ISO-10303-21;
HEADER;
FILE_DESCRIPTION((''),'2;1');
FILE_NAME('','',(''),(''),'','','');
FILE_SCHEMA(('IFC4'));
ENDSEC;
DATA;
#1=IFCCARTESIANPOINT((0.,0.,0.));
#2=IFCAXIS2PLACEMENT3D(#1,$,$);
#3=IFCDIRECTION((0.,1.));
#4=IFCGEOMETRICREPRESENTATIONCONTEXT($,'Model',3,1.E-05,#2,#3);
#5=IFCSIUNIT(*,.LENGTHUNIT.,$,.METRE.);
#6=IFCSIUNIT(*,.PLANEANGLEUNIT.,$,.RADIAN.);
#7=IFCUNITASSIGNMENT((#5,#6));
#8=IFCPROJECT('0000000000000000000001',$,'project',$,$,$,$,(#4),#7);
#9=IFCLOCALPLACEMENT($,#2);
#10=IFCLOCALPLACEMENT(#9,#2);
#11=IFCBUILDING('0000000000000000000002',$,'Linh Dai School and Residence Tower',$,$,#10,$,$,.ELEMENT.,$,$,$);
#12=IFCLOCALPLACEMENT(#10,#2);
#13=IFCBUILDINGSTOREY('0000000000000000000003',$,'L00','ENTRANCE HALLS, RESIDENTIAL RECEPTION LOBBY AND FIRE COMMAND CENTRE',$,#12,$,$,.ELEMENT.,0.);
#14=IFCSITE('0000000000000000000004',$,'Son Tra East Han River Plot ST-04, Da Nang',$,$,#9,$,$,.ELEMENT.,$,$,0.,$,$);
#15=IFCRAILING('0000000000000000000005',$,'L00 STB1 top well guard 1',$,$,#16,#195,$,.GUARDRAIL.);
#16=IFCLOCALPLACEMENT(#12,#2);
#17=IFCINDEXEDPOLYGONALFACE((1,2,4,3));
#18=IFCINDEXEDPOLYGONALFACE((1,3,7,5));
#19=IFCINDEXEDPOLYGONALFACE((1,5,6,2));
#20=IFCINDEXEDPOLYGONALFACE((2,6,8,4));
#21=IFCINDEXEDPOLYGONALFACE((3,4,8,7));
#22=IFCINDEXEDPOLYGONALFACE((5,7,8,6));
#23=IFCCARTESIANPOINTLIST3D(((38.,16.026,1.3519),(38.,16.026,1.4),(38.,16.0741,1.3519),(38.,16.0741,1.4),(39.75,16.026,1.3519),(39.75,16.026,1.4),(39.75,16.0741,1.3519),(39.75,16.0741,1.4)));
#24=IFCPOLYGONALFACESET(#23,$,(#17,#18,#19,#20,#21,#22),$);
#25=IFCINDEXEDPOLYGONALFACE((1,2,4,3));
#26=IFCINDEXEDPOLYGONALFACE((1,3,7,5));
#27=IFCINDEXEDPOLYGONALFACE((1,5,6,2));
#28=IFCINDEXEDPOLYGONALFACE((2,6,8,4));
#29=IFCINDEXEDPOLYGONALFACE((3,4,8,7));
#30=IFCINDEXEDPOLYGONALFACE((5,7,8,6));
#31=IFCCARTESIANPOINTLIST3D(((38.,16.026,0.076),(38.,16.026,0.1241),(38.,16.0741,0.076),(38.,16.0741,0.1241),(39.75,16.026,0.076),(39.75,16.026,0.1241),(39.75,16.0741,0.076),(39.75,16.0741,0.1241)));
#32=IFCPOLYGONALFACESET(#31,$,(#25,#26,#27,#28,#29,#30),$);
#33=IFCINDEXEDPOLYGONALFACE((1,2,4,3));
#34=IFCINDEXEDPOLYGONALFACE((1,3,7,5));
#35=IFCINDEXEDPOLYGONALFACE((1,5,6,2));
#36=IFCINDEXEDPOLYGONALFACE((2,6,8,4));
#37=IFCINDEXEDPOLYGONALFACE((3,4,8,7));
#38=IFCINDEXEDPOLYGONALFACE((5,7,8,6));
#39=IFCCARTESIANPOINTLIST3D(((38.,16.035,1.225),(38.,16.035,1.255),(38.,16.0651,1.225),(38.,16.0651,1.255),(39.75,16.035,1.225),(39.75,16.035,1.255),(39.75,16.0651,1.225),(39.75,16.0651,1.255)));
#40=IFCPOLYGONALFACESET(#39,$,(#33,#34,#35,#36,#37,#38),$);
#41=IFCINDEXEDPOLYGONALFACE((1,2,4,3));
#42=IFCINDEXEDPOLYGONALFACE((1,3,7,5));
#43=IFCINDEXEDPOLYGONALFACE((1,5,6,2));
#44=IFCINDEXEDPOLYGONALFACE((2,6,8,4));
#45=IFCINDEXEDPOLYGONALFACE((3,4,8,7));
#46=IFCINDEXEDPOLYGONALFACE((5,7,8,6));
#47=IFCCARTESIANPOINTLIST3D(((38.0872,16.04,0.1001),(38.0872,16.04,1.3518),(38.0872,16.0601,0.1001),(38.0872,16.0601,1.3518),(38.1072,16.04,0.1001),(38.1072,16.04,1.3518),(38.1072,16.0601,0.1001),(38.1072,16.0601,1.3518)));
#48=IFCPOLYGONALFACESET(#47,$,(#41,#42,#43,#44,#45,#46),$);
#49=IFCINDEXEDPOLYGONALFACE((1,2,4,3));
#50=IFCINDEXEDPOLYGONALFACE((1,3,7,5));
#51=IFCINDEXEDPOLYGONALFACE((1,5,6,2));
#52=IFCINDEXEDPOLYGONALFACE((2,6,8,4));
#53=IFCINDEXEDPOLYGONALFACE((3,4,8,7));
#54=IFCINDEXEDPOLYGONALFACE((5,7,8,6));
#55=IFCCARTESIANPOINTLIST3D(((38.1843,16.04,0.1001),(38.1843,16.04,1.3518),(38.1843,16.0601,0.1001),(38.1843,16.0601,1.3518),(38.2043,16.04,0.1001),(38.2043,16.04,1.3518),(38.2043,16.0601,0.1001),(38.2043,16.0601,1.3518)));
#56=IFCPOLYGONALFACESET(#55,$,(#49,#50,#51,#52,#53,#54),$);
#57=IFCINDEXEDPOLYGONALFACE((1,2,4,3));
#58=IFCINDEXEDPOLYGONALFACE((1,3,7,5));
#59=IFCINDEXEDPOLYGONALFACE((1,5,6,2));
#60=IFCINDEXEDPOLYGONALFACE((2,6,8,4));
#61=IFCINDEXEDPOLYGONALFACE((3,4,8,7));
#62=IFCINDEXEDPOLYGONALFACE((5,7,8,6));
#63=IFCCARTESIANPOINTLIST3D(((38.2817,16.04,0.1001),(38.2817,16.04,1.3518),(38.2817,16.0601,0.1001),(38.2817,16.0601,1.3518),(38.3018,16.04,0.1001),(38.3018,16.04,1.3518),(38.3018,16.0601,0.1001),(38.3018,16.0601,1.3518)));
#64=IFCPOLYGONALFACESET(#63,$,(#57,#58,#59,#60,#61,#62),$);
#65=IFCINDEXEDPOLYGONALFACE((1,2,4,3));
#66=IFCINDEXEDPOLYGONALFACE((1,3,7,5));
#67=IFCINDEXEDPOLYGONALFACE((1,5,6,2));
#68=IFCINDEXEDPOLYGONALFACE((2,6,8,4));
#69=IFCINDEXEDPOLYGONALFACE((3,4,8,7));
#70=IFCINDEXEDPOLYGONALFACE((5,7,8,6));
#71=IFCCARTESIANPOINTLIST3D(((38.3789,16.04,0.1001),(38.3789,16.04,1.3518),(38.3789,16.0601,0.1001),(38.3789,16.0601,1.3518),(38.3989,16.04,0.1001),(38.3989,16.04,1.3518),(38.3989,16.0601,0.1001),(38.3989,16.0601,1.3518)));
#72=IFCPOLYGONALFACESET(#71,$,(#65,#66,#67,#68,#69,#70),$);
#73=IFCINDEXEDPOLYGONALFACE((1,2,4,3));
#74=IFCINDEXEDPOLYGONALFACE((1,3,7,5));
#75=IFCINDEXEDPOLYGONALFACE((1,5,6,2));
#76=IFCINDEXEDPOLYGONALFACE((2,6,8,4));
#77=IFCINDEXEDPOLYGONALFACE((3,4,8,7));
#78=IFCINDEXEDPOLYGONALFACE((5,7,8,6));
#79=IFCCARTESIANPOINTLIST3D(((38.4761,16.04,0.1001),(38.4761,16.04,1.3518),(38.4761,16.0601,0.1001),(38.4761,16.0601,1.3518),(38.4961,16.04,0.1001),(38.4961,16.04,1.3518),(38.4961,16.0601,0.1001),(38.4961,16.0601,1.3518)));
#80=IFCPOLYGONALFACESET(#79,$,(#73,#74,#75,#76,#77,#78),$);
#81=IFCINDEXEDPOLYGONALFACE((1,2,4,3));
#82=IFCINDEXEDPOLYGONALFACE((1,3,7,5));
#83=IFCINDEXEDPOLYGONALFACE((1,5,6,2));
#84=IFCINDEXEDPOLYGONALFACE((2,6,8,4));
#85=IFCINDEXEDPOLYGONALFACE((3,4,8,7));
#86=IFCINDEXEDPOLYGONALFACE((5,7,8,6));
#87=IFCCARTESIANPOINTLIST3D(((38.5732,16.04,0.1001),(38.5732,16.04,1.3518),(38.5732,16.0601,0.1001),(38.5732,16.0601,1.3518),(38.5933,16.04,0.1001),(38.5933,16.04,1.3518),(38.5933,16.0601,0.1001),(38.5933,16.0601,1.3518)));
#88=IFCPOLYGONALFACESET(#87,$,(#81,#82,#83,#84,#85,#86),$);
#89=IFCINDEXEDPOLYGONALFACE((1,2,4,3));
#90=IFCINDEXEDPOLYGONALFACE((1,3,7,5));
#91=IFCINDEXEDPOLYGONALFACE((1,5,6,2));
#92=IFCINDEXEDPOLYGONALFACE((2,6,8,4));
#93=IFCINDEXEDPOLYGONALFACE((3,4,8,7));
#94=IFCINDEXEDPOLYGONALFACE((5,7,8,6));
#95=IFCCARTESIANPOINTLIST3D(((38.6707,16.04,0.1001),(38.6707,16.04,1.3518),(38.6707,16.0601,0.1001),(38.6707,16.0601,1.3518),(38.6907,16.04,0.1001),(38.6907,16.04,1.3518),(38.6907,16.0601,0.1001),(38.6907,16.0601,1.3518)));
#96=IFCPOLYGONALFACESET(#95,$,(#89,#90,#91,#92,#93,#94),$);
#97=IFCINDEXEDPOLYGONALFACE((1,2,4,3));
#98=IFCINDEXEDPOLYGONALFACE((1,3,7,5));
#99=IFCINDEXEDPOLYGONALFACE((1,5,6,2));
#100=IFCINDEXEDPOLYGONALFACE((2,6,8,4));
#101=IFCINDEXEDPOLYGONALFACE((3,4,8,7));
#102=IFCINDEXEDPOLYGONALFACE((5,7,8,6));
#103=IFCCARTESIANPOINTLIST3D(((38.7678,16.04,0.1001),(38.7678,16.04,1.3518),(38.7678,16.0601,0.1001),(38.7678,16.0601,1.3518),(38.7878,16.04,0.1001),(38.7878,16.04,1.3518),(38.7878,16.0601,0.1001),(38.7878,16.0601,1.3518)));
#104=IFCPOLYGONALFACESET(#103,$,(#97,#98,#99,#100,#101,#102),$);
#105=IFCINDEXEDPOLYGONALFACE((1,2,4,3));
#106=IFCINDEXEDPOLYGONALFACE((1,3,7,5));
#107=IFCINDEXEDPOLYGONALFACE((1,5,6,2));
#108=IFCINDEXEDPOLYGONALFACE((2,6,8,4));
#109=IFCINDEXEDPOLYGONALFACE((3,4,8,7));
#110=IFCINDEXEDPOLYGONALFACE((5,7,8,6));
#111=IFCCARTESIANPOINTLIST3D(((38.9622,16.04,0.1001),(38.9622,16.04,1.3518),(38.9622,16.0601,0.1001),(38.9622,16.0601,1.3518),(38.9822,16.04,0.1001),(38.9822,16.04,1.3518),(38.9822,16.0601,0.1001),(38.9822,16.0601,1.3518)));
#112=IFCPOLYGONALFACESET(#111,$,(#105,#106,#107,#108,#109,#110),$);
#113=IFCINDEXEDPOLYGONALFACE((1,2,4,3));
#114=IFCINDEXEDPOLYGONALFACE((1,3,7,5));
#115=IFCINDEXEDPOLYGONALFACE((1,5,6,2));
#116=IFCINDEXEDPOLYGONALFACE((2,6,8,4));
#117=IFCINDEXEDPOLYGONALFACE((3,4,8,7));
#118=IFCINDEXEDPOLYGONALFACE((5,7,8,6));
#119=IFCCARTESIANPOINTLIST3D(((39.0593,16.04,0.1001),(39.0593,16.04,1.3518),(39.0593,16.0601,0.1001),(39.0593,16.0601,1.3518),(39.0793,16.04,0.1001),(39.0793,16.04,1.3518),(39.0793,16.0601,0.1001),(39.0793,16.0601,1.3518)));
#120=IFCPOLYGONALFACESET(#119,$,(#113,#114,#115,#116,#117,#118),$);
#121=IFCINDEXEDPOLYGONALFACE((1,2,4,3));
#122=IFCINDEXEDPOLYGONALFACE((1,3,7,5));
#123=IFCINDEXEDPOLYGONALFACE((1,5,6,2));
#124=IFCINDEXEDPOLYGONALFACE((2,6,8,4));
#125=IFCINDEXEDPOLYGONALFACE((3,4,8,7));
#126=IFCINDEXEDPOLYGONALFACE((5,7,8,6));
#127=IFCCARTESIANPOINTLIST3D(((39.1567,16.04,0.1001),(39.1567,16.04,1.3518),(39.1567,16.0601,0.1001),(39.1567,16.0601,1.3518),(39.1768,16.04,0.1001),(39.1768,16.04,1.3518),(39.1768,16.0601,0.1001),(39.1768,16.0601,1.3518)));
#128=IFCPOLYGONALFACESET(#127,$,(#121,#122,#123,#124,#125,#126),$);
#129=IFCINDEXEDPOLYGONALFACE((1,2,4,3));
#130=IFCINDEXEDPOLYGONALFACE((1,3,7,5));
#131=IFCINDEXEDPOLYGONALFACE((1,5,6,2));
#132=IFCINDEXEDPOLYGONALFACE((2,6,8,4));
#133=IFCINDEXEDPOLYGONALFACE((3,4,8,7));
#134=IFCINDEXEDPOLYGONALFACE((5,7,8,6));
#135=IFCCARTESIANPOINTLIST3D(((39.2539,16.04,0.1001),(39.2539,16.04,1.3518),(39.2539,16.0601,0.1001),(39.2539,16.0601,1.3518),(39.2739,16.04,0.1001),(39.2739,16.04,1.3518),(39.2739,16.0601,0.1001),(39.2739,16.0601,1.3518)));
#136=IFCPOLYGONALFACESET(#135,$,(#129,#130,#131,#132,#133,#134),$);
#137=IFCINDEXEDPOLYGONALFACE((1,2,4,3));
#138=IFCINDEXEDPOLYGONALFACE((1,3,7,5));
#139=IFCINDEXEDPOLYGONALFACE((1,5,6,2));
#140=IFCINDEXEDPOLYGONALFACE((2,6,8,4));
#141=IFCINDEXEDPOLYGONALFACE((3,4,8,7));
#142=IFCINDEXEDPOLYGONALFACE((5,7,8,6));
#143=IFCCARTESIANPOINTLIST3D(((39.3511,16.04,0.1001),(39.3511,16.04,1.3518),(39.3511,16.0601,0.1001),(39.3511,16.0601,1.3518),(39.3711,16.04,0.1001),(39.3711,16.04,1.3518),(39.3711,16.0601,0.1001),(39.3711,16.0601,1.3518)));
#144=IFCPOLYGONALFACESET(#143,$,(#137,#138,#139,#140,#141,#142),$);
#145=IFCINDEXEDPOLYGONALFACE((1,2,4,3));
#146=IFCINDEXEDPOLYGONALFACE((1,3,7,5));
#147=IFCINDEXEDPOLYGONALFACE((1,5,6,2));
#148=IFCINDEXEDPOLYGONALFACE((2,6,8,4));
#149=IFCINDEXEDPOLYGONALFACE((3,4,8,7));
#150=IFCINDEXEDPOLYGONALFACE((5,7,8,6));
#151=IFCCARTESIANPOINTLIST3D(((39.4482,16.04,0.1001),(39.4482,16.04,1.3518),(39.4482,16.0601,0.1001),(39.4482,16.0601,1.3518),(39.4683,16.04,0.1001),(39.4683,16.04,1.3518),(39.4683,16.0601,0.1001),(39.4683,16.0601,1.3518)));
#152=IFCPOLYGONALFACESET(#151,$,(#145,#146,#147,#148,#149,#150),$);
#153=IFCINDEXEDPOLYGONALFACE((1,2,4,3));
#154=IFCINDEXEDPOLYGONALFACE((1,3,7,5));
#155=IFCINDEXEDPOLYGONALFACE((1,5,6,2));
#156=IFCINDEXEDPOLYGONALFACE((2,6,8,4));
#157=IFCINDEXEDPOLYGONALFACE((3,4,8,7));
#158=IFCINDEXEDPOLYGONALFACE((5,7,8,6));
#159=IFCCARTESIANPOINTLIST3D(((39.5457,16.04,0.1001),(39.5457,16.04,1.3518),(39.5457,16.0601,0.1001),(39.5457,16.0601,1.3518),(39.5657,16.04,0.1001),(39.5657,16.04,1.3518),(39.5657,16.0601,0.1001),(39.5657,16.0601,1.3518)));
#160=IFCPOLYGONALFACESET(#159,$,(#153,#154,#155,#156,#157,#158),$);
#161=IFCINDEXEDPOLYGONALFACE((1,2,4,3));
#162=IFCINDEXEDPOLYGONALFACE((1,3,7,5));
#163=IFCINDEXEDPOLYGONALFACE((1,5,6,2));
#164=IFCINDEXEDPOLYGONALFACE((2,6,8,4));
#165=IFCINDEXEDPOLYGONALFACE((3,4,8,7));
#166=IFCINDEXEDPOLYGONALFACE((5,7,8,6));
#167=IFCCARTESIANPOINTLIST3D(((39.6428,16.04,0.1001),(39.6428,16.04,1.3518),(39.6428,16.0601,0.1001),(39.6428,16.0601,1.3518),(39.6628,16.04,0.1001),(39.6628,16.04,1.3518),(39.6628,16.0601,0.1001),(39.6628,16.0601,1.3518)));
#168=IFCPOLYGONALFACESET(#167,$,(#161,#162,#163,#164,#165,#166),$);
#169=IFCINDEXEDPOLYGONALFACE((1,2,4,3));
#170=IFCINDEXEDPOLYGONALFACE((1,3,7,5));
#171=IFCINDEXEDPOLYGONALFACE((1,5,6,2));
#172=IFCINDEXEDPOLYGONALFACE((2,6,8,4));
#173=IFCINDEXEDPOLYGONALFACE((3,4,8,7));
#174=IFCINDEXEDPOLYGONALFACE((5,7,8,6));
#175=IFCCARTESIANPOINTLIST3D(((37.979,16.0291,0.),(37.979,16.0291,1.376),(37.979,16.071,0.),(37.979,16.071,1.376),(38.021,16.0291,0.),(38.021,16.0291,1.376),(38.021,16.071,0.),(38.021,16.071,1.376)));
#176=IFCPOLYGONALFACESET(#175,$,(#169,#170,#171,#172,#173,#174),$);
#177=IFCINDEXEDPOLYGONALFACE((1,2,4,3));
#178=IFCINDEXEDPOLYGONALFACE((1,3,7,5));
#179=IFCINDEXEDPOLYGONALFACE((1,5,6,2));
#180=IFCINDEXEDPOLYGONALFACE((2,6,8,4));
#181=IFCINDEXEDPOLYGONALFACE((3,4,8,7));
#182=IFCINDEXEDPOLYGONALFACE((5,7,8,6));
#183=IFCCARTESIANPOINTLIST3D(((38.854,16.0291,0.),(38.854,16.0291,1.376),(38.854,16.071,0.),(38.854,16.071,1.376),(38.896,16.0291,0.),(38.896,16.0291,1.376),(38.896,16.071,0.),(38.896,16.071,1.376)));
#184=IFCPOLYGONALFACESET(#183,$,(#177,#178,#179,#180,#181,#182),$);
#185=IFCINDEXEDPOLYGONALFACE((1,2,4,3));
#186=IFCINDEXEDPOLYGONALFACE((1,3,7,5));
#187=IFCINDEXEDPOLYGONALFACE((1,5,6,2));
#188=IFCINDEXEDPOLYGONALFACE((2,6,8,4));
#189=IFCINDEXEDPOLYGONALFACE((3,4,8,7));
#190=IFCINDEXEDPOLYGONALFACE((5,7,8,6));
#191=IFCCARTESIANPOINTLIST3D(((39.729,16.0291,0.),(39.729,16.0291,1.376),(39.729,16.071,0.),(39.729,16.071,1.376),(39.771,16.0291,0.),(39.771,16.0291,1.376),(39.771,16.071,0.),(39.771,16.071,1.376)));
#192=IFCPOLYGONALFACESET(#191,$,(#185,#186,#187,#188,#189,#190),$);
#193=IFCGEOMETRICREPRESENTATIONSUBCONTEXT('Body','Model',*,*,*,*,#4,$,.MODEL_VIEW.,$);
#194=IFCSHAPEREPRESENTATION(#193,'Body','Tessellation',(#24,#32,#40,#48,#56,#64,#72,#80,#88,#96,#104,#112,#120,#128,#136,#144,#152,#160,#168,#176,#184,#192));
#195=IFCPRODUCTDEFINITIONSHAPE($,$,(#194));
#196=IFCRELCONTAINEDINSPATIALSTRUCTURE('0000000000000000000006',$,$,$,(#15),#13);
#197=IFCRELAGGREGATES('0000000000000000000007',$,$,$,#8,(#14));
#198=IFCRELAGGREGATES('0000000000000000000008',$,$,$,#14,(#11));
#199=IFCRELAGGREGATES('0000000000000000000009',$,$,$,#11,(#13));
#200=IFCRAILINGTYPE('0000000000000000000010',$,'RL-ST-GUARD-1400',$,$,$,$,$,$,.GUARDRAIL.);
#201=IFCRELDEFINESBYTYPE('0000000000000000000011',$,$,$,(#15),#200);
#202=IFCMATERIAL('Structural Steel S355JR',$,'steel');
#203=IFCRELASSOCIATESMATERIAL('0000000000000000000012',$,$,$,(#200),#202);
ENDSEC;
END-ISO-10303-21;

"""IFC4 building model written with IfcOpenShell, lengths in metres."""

from ifc_helpers import new_model, si_unit, direction, frame, origin, origin_2d, place, context, subcontext, project, spatial, rectangle, extrude, source, transform, mapped, material, type_object, element, save


model = new_model("IFC4")

# Units and contexts
model_context = context("Model", 3, precision=1e-05, world=origin(), true_north=direction((0.0, 1.0)))
body_context = subcontext(model_context, "Body", "Model", "MODEL_VIEW")
ifc_project = project(units=[si_unit("LENGTHUNIT", "METRE"), si_unit("PLANEANGLEUNIT", "RADIAN")], contexts=[model_context])

# Site, building, storey
site_placement = place(None, origin())
site = spatial("IfcSite", under=ifc_project, at=site_placement, Name="Son Tra East Han River Plot ST-04, Da Nang", CompositionType="ELEMENT", RefElevation=0.0)
building_placement = place(site_placement, origin())
building = spatial("IfcBuilding", under=site, at=building_placement, Name="Linh Dai School and Residence Tower", CompositionType="ELEMENT")
storey_placement = place(building_placement, origin())
storey = spatial("IfcBuildingStorey", under=building, at=storey_placement, Name="L00", Description="ENTRANCE HALLS, RESIDENTIAL RECEPTION LOBBY AND FIRE COMMAND CENTRE", CompositionType="ELEMENT", Elevation=0.0)

# Shared definitions
ifc_material_1 = material(Name="Structural Steel S355JR", Category="steel")

# Railing
railing_type = type_object("IfcRailingType", Name="RL-ST-GUARD-1400", PredefinedType="GUARDRAIL", material=ifc_material_1)
shared_shape_1 = source(origin(), body_context, "Body", "SweptSolid", [
    extrude(rectangle(XDim=0.0481, YDim=0.0481, at=origin_2d()), frame((0.0, 0.0, 1.376), z_axis=(1.0, 0.0, 0.0), x_axis=(0.0, 1.0, 0.0)), (0.0, 0.0, 1.0), 1.75),
    extrude(rectangle(XDim=0.0481, YDim=0.0481, at=origin_2d()), frame((0.0, 0.0, 0.1001), z_axis=(1.0, 0.0, 0.0), x_axis=(0.0, 1.0, 0.0)), (0.0, 0.0, 1.0), 1.75),
    extrude(rectangle(XDim=0.03, YDim=0.03, at=origin_2d()), frame((0.0, 0.0, 1.24), z_axis=(1.0, 0.0, 0.0), x_axis=(0.0, 1.0, 0.0)), (0.0, 0.0, 1.0), 1.75),
    extrude(rectangle(XDim=0.02, YDim=0.02, at=origin_2d()), frame((0.0972, 0.0, 0.1001)), (0.0, 0.0, 1.0), 1.2517),
    extrude(rectangle(XDim=0.02, YDim=0.02, at=origin_2d()), frame((0.1943, 0.0, 0.1001)), (0.0, 0.0, 1.0), 1.2517),
    extrude(rectangle(XDim=0.02, YDim=0.02, at=origin_2d()), frame((0.2917, 0.0, 0.1001)), (0.0, 0.0, 1.0), 1.2517),
    extrude(rectangle(XDim=0.02, YDim=0.02, at=origin_2d()), frame((0.3889, 0.0, 0.1001)), (0.0, 0.0, 1.0), 1.2517),
    extrude(rectangle(XDim=0.02, YDim=0.02, at=origin_2d()), frame((0.4861, 0.0, 0.1001)), (0.0, 0.0, 1.0), 1.2517),
    extrude(rectangle(XDim=0.02, YDim=0.02, at=origin_2d()), frame((0.5833, 0.0, 0.1001)), (0.0, 0.0, 1.0), 1.2517),
    extrude(rectangle(XDim=0.02, YDim=0.02, at=origin_2d()), frame((0.6807, 0.0, 0.1001)), (0.0, 0.0, 1.0), 1.2517),
    extrude(rectangle(XDim=0.02, YDim=0.02, at=origin_2d()), frame((0.7778, 0.0, 0.1001)), (0.0, 0.0, 1.0), 1.2517),
    extrude(rectangle(XDim=0.02, YDim=0.02, at=origin_2d()), frame((0.9722, 0.0, 0.1001)), (0.0, 0.0, 1.0), 1.2517),
    extrude(rectangle(XDim=0.02, YDim=0.02, at=origin_2d()), frame((1.0693, 0.0, 0.1001)), (0.0, 0.0, 1.0), 1.2517),
    extrude(rectangle(XDim=0.02, YDim=0.02, at=origin_2d()), frame((1.1667, 0.0, 0.1001)), (0.0, 0.0, 1.0), 1.2517),
    extrude(rectangle(XDim=0.02, YDim=0.02, at=origin_2d()), frame((1.2639, 0.0, 0.1001)), (0.0, 0.0, 1.0), 1.2517),
    extrude(rectangle(XDim=0.02, YDim=0.02, at=origin_2d()), frame((1.3611, 0.0, 0.1001)), (0.0, 0.0, 1.0), 1.2517),
    extrude(rectangle(XDim=0.02, YDim=0.02, at=origin_2d()), frame((1.4583, 0.0, 0.1001)), (0.0, 0.0, 1.0), 1.2517),
    extrude(rectangle(XDim=0.02, YDim=0.02, at=origin_2d()), frame((1.5557, 0.0, 0.1001)), (0.0, 0.0, 1.0), 1.2517),
    extrude(rectangle(XDim=0.02, YDim=0.02, at=origin_2d()), frame((1.6528, 0.0, 0.1001)), (0.0, 0.0, 1.0), 1.2517),
    extrude(rectangle(XDim=0.042, YDim=0.042, at=origin_2d()), origin(), (0.0, 0.0, 1.0), 1.376),
    extrude(rectangle(XDim=0.042, YDim=0.042, at=origin_2d()), frame((0.875, 0.0, 0.0)), (0.0, 0.0, 1.0), 1.376),
    extrude(rectangle(XDim=0.042, YDim=0.042, at=origin_2d()), frame((1.75, 0.0, 0.0)), (0.0, 0.0, 1.0), 1.376),
])
railing_1_placement = place(storey_placement, frame((38.0, 16.05, 0.0)))
element("IfcRailing", 1, at=railing_1_placement, inside=storey, type_object=railing_type, Name="L00 STB1 top well guard 1", PredefinedType="GUARDRAIL", context=body_context, shape_type="MappedRepresentation", body=[
    mapped(shared_shape_1, transform((0.0, 0.0, 0.0), x_axis=(1.0, 0.0, 0.0), y_axis=(0.0, 1.0, 0.0), z_axis=(0.0, 0.0, 1.0), scale=1.0)),
])

save(model, "model.ifc")
